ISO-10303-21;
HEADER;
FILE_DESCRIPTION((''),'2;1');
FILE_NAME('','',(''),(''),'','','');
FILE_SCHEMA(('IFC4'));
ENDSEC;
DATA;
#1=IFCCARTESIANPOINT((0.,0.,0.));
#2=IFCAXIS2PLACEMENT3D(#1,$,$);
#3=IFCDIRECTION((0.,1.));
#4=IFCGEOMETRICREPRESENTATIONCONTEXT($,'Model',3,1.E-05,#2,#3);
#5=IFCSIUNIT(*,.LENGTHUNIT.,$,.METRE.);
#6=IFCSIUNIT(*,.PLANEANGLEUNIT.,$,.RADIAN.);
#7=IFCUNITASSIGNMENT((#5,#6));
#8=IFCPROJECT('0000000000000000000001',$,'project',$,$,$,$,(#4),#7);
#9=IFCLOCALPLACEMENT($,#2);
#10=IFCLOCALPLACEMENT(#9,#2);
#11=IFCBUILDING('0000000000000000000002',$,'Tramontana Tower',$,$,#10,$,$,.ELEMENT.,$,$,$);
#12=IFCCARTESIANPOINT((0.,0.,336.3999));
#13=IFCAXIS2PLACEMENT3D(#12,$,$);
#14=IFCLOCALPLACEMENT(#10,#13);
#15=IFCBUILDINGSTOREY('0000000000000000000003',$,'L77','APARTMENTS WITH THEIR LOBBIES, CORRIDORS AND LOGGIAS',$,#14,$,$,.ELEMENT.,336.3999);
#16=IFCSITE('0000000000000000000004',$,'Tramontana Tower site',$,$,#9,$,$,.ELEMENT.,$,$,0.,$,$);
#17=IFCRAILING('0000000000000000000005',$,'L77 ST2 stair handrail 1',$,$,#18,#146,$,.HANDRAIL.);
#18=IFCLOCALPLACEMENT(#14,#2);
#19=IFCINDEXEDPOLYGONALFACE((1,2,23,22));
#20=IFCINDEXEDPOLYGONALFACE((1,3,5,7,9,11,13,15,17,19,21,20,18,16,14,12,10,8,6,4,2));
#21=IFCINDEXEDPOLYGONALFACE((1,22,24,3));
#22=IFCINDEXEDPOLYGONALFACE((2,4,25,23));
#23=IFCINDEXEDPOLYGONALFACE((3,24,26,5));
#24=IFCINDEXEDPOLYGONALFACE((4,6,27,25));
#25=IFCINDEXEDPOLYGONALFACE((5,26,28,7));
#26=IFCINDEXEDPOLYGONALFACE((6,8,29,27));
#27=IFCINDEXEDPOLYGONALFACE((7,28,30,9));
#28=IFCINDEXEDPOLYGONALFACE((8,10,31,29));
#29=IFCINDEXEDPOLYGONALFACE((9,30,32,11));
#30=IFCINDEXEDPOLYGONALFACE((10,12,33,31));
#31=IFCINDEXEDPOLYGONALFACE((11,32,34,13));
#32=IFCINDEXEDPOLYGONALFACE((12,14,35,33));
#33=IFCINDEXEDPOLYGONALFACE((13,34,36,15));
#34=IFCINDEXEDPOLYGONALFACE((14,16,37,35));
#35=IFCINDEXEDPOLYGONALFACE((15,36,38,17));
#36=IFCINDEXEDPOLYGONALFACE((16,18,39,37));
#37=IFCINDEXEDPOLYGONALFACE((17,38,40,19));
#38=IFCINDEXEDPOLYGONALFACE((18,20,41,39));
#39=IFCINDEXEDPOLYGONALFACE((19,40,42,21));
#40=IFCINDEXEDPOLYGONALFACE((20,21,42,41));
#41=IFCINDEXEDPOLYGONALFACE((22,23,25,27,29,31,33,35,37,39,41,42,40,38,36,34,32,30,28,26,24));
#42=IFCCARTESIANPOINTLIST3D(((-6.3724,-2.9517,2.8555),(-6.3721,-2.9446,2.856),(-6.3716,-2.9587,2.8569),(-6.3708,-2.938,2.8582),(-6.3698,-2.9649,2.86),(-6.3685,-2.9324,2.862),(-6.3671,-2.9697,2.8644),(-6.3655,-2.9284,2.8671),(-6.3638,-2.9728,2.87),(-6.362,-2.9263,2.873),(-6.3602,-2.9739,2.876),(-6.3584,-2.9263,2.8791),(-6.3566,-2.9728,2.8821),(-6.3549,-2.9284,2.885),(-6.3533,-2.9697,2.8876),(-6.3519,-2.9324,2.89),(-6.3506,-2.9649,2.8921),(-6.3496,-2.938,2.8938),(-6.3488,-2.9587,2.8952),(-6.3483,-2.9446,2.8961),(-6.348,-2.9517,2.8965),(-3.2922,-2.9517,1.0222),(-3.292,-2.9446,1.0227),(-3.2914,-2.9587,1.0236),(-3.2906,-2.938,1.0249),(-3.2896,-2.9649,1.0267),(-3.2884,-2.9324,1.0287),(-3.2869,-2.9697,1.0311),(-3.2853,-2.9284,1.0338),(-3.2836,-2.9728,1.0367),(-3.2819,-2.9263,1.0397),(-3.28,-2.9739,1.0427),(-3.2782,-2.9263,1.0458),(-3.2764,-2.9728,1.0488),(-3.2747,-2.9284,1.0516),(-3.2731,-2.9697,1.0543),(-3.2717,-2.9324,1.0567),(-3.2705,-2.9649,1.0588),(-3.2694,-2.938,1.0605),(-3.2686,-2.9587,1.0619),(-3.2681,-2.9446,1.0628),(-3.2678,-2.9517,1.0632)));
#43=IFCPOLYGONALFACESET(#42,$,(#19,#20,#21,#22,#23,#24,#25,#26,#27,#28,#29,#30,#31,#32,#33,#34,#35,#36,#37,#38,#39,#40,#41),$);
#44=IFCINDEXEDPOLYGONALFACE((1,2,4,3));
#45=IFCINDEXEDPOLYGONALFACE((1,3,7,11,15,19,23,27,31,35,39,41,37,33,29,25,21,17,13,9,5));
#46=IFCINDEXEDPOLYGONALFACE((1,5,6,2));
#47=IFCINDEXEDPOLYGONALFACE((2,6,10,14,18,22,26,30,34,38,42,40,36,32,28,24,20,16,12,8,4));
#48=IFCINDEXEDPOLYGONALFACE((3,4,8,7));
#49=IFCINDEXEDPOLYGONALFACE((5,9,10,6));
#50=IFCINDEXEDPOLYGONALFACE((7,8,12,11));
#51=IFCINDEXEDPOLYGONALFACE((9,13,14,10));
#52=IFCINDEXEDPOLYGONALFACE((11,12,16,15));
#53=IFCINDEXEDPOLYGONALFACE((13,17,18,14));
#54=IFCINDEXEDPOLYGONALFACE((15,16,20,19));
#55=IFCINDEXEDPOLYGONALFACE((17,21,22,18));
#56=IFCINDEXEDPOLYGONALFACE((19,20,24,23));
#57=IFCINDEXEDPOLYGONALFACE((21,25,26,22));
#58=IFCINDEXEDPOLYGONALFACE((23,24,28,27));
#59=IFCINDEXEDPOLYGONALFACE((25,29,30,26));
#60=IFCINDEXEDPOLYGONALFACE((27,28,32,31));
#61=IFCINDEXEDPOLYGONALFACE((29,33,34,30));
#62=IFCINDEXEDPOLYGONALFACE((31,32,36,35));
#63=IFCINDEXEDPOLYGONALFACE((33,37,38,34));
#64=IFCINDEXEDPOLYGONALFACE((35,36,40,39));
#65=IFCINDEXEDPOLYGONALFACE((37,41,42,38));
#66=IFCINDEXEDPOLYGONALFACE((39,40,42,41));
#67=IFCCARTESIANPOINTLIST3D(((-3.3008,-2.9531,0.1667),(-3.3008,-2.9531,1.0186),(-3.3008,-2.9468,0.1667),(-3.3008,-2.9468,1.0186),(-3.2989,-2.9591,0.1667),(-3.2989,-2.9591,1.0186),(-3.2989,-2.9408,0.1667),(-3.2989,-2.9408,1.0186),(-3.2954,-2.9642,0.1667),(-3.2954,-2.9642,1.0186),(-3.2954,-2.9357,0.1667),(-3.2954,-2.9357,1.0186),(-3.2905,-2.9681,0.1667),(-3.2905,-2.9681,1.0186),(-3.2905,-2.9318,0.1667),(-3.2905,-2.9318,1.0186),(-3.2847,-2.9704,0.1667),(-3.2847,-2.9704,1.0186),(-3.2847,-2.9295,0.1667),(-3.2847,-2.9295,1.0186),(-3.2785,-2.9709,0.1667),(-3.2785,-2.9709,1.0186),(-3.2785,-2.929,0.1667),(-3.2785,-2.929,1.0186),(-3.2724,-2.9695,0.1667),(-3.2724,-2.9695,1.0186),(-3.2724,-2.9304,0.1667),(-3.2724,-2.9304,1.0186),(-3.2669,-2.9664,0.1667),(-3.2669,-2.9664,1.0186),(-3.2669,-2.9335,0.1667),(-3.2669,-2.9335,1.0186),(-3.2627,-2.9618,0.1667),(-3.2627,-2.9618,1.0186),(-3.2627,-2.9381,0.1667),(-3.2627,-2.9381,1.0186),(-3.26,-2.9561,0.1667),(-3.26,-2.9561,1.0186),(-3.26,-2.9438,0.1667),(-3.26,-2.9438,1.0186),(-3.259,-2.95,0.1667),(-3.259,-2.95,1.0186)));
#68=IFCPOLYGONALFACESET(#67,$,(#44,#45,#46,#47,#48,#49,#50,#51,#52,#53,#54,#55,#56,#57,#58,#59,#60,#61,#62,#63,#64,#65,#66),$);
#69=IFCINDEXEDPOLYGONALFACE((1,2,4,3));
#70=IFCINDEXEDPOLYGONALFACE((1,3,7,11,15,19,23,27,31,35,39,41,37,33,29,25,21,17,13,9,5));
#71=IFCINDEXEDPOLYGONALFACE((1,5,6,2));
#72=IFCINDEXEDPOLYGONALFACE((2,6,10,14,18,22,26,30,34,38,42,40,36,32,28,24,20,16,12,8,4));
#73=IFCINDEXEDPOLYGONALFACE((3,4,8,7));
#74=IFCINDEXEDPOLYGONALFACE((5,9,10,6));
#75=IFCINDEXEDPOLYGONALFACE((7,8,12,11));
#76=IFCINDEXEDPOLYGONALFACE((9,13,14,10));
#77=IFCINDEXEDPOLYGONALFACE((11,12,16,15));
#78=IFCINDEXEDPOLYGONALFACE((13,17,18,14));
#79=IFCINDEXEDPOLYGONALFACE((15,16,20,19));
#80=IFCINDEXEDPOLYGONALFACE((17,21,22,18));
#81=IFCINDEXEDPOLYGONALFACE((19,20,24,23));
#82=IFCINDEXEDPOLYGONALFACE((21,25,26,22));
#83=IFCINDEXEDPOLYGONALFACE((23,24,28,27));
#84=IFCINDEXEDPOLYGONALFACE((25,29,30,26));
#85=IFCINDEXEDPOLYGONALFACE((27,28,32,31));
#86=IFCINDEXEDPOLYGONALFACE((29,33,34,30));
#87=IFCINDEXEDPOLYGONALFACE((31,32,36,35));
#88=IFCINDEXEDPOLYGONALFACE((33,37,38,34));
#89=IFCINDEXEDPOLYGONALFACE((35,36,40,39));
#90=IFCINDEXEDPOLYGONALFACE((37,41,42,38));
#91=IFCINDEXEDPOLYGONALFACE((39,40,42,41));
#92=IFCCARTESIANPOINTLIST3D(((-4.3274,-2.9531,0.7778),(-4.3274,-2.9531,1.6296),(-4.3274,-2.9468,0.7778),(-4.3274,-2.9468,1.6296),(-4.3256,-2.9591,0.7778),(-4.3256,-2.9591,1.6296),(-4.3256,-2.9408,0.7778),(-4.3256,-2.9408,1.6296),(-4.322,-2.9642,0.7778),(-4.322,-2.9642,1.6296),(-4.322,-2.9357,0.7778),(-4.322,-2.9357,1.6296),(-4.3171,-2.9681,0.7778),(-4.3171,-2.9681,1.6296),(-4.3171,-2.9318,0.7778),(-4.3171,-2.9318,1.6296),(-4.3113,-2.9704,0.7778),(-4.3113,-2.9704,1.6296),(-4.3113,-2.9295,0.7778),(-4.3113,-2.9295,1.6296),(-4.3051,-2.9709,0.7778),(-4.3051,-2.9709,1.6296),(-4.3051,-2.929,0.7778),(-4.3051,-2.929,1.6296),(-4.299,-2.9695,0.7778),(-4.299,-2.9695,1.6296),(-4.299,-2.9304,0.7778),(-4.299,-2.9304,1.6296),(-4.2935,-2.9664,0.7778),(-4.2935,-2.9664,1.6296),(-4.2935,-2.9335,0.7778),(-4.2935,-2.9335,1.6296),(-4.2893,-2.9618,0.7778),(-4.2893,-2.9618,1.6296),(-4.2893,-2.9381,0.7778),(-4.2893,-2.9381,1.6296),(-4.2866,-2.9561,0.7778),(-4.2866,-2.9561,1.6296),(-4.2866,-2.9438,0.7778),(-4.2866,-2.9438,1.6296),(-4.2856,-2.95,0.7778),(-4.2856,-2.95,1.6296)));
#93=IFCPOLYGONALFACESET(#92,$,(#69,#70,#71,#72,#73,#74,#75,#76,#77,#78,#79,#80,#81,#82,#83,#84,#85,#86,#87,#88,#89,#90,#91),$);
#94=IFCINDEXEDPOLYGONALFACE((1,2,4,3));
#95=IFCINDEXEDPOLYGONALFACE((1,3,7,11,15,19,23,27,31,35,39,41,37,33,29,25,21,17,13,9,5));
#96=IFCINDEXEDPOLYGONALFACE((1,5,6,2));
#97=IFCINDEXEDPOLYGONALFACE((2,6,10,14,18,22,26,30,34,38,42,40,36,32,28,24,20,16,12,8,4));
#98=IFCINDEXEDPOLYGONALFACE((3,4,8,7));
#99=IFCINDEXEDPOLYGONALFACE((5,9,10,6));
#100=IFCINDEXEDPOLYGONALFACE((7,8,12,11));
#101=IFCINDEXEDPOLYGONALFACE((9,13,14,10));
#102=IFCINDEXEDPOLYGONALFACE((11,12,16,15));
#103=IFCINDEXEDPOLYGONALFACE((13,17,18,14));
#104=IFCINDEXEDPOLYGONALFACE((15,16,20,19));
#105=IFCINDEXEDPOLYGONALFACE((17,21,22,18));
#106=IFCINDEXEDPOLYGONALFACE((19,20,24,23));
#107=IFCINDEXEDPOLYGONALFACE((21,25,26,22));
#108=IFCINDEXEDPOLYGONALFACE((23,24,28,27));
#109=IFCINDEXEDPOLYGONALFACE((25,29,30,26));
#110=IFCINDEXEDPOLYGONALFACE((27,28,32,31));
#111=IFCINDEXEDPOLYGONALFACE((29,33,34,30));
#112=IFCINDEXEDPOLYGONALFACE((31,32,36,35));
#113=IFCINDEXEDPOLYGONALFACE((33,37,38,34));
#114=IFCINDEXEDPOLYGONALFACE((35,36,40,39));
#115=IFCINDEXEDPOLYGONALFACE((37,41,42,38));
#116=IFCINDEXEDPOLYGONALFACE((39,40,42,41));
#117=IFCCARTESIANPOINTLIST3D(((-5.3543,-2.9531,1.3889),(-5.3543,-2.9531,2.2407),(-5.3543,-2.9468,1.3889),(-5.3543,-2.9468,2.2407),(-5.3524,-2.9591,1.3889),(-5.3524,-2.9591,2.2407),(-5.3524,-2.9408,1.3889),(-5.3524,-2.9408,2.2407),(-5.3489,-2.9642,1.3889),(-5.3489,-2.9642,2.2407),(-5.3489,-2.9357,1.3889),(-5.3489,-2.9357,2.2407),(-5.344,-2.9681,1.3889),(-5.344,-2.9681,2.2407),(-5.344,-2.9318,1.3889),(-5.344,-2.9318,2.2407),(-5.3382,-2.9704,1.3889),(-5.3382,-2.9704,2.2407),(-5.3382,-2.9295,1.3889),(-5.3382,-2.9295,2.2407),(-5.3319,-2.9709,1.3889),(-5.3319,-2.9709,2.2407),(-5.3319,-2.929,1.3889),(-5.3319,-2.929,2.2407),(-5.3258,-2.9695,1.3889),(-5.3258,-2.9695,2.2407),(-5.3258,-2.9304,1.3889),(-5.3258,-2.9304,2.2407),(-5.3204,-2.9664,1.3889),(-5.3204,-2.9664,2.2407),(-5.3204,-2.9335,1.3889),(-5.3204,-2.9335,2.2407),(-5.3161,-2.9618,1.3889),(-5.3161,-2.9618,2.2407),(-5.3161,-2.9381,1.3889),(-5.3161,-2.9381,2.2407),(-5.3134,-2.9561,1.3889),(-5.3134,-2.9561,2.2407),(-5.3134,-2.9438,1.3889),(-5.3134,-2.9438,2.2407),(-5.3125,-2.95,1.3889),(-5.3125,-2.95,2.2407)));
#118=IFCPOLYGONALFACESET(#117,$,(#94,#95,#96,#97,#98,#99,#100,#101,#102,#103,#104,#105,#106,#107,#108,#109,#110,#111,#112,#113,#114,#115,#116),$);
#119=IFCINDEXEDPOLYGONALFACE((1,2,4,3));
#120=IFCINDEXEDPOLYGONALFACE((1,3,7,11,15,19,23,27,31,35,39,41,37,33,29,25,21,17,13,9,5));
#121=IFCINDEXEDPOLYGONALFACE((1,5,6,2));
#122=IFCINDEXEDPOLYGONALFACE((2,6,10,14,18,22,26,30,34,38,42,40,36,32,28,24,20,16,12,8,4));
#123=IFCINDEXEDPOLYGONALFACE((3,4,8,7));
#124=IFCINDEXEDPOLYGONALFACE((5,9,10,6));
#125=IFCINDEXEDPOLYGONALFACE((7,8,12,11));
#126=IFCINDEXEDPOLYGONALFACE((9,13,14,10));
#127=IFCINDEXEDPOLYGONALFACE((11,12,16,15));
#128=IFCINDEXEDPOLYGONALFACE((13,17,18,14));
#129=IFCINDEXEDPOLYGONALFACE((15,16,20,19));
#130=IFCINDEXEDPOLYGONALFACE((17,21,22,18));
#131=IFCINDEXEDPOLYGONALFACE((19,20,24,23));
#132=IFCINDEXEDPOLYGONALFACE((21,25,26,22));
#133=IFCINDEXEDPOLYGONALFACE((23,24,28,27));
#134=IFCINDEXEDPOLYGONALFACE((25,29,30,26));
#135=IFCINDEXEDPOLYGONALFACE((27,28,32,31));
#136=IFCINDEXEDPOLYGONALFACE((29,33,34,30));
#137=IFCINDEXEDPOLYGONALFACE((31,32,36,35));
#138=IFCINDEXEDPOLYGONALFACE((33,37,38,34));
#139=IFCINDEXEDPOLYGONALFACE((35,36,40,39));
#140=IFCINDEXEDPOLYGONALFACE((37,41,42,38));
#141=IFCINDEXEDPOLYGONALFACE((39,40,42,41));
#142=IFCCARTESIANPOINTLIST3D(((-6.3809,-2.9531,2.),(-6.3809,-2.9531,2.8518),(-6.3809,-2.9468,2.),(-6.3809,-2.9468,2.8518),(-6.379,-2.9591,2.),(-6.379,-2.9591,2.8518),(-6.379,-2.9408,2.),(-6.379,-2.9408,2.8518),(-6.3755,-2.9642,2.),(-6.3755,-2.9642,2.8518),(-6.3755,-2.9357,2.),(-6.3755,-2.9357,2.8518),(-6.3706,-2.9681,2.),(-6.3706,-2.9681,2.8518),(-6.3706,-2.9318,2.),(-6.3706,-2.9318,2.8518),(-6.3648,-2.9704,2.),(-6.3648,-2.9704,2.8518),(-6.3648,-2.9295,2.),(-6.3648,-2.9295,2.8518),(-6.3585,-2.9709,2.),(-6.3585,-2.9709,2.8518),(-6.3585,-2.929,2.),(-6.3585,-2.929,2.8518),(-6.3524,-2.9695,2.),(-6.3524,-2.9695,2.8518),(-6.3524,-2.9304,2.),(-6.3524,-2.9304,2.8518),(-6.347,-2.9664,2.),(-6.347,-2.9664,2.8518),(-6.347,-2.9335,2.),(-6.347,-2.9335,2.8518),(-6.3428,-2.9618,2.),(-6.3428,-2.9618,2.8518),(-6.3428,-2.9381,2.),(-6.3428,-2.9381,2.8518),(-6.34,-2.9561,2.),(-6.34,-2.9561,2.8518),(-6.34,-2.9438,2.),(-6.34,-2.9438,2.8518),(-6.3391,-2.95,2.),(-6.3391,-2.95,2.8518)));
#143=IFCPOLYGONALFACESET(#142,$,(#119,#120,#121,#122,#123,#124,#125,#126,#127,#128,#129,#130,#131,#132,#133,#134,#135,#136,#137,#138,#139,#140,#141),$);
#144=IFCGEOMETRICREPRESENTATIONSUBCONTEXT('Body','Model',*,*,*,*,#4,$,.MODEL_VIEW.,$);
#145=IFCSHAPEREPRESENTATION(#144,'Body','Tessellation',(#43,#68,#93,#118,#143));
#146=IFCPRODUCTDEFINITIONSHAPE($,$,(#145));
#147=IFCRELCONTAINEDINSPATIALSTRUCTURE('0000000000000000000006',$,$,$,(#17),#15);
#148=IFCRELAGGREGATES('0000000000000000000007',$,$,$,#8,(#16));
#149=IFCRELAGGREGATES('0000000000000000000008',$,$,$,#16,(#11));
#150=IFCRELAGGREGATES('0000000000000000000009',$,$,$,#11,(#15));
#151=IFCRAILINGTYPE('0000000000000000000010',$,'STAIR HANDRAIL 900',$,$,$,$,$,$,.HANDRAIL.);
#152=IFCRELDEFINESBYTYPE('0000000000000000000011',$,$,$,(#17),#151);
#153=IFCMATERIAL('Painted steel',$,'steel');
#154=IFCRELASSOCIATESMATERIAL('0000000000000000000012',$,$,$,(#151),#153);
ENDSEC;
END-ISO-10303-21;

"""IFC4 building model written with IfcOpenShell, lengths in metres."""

from ifc_helpers import new_model, si_unit, direction, frame, origin, origin_2d, place, context, subcontext, project, spatial, circle, extrude, material, type_object, element, save


model = new_model("IFC4")

# Units and contexts
model_context = context("Model", 3, precision=1e-05, world=origin(), true_north=direction((0.0, 1.0)))
body_context = subcontext(model_context, "Body", "Model", "MODEL_VIEW")
ifc_project = project(units=[si_unit("LENGTHUNIT", "METRE"), si_unit("PLANEANGLEUNIT", "RADIAN")], contexts=[model_context])

# Site, building, storey
site_placement = place(None, origin())
site = spatial("IfcSite", under=ifc_project, at=site_placement, Name="Tramontana Tower site", CompositionType="ELEMENT", RefElevation=0.0)
building_placement = place(site_placement, origin())
building = spatial("IfcBuilding", under=site, at=building_placement, Name="Tramontana Tower", CompositionType="ELEMENT")
storey_placement = place(building_placement, frame((0.0, 0.0, 336.3999)))
storey = spatial("IfcBuildingStorey", under=building, at=storey_placement, Name="L77", Description="APARTMENTS WITH THEIR LOBBIES, CORRIDORS AND LOGGIAS", CompositionType="ELEMENT", Elevation=336.3999)

# Railing
ifc_material_1 = material(Name="Painted steel", Category="steel")
railing_type_1 = type_object("IfcRailingType", Name="STAIR HANDRAIL 900", PredefinedType="HANDRAIL", material=ifc_material_1)
railing_1_placement = place(storey_placement, frame((-3.28, -2.95, 0.1667)))
element("IfcRailing", 1, at=railing_1_placement, inside=storey, type_object=railing_type_1, Name="L77 ST2 stair handrail 1", PredefinedType="HANDRAIL", context=body_context, shape_type="SweptSolid", body=[
    extrude(circle(Radius=0.0239, at=origin_2d()), frame((0.0, 0.0, 0.876), z_axis=(-0.859309, 0.0, 0.511458), x_axis=(0.0, -1.0, 0.0)), (0.0, 0.0, 1.0), 3.5845),
    extrude(circle(Radius=0.021, at=origin_2d()), origin(), (0.0, 0.0, 1.0), 0.8518),
    extrude(circle(Radius=0.021, at=origin_2d()), frame((-1.0266, 0.0, 0.6111)), (0.0, 0.0, 1.0), 0.8518),
    extrude(circle(Radius=0.021, at=origin_2d()), frame((-2.0535, 0.0, 1.2222)), (0.0, 0.0, 1.0), 0.8518),
    extrude(circle(Radius=0.021, at=origin_2d()), frame((-3.0801, 0.0, 1.8333)), (0.0, 0.0, 1.0), 0.8518),
])

save(model, "model.ifc")
